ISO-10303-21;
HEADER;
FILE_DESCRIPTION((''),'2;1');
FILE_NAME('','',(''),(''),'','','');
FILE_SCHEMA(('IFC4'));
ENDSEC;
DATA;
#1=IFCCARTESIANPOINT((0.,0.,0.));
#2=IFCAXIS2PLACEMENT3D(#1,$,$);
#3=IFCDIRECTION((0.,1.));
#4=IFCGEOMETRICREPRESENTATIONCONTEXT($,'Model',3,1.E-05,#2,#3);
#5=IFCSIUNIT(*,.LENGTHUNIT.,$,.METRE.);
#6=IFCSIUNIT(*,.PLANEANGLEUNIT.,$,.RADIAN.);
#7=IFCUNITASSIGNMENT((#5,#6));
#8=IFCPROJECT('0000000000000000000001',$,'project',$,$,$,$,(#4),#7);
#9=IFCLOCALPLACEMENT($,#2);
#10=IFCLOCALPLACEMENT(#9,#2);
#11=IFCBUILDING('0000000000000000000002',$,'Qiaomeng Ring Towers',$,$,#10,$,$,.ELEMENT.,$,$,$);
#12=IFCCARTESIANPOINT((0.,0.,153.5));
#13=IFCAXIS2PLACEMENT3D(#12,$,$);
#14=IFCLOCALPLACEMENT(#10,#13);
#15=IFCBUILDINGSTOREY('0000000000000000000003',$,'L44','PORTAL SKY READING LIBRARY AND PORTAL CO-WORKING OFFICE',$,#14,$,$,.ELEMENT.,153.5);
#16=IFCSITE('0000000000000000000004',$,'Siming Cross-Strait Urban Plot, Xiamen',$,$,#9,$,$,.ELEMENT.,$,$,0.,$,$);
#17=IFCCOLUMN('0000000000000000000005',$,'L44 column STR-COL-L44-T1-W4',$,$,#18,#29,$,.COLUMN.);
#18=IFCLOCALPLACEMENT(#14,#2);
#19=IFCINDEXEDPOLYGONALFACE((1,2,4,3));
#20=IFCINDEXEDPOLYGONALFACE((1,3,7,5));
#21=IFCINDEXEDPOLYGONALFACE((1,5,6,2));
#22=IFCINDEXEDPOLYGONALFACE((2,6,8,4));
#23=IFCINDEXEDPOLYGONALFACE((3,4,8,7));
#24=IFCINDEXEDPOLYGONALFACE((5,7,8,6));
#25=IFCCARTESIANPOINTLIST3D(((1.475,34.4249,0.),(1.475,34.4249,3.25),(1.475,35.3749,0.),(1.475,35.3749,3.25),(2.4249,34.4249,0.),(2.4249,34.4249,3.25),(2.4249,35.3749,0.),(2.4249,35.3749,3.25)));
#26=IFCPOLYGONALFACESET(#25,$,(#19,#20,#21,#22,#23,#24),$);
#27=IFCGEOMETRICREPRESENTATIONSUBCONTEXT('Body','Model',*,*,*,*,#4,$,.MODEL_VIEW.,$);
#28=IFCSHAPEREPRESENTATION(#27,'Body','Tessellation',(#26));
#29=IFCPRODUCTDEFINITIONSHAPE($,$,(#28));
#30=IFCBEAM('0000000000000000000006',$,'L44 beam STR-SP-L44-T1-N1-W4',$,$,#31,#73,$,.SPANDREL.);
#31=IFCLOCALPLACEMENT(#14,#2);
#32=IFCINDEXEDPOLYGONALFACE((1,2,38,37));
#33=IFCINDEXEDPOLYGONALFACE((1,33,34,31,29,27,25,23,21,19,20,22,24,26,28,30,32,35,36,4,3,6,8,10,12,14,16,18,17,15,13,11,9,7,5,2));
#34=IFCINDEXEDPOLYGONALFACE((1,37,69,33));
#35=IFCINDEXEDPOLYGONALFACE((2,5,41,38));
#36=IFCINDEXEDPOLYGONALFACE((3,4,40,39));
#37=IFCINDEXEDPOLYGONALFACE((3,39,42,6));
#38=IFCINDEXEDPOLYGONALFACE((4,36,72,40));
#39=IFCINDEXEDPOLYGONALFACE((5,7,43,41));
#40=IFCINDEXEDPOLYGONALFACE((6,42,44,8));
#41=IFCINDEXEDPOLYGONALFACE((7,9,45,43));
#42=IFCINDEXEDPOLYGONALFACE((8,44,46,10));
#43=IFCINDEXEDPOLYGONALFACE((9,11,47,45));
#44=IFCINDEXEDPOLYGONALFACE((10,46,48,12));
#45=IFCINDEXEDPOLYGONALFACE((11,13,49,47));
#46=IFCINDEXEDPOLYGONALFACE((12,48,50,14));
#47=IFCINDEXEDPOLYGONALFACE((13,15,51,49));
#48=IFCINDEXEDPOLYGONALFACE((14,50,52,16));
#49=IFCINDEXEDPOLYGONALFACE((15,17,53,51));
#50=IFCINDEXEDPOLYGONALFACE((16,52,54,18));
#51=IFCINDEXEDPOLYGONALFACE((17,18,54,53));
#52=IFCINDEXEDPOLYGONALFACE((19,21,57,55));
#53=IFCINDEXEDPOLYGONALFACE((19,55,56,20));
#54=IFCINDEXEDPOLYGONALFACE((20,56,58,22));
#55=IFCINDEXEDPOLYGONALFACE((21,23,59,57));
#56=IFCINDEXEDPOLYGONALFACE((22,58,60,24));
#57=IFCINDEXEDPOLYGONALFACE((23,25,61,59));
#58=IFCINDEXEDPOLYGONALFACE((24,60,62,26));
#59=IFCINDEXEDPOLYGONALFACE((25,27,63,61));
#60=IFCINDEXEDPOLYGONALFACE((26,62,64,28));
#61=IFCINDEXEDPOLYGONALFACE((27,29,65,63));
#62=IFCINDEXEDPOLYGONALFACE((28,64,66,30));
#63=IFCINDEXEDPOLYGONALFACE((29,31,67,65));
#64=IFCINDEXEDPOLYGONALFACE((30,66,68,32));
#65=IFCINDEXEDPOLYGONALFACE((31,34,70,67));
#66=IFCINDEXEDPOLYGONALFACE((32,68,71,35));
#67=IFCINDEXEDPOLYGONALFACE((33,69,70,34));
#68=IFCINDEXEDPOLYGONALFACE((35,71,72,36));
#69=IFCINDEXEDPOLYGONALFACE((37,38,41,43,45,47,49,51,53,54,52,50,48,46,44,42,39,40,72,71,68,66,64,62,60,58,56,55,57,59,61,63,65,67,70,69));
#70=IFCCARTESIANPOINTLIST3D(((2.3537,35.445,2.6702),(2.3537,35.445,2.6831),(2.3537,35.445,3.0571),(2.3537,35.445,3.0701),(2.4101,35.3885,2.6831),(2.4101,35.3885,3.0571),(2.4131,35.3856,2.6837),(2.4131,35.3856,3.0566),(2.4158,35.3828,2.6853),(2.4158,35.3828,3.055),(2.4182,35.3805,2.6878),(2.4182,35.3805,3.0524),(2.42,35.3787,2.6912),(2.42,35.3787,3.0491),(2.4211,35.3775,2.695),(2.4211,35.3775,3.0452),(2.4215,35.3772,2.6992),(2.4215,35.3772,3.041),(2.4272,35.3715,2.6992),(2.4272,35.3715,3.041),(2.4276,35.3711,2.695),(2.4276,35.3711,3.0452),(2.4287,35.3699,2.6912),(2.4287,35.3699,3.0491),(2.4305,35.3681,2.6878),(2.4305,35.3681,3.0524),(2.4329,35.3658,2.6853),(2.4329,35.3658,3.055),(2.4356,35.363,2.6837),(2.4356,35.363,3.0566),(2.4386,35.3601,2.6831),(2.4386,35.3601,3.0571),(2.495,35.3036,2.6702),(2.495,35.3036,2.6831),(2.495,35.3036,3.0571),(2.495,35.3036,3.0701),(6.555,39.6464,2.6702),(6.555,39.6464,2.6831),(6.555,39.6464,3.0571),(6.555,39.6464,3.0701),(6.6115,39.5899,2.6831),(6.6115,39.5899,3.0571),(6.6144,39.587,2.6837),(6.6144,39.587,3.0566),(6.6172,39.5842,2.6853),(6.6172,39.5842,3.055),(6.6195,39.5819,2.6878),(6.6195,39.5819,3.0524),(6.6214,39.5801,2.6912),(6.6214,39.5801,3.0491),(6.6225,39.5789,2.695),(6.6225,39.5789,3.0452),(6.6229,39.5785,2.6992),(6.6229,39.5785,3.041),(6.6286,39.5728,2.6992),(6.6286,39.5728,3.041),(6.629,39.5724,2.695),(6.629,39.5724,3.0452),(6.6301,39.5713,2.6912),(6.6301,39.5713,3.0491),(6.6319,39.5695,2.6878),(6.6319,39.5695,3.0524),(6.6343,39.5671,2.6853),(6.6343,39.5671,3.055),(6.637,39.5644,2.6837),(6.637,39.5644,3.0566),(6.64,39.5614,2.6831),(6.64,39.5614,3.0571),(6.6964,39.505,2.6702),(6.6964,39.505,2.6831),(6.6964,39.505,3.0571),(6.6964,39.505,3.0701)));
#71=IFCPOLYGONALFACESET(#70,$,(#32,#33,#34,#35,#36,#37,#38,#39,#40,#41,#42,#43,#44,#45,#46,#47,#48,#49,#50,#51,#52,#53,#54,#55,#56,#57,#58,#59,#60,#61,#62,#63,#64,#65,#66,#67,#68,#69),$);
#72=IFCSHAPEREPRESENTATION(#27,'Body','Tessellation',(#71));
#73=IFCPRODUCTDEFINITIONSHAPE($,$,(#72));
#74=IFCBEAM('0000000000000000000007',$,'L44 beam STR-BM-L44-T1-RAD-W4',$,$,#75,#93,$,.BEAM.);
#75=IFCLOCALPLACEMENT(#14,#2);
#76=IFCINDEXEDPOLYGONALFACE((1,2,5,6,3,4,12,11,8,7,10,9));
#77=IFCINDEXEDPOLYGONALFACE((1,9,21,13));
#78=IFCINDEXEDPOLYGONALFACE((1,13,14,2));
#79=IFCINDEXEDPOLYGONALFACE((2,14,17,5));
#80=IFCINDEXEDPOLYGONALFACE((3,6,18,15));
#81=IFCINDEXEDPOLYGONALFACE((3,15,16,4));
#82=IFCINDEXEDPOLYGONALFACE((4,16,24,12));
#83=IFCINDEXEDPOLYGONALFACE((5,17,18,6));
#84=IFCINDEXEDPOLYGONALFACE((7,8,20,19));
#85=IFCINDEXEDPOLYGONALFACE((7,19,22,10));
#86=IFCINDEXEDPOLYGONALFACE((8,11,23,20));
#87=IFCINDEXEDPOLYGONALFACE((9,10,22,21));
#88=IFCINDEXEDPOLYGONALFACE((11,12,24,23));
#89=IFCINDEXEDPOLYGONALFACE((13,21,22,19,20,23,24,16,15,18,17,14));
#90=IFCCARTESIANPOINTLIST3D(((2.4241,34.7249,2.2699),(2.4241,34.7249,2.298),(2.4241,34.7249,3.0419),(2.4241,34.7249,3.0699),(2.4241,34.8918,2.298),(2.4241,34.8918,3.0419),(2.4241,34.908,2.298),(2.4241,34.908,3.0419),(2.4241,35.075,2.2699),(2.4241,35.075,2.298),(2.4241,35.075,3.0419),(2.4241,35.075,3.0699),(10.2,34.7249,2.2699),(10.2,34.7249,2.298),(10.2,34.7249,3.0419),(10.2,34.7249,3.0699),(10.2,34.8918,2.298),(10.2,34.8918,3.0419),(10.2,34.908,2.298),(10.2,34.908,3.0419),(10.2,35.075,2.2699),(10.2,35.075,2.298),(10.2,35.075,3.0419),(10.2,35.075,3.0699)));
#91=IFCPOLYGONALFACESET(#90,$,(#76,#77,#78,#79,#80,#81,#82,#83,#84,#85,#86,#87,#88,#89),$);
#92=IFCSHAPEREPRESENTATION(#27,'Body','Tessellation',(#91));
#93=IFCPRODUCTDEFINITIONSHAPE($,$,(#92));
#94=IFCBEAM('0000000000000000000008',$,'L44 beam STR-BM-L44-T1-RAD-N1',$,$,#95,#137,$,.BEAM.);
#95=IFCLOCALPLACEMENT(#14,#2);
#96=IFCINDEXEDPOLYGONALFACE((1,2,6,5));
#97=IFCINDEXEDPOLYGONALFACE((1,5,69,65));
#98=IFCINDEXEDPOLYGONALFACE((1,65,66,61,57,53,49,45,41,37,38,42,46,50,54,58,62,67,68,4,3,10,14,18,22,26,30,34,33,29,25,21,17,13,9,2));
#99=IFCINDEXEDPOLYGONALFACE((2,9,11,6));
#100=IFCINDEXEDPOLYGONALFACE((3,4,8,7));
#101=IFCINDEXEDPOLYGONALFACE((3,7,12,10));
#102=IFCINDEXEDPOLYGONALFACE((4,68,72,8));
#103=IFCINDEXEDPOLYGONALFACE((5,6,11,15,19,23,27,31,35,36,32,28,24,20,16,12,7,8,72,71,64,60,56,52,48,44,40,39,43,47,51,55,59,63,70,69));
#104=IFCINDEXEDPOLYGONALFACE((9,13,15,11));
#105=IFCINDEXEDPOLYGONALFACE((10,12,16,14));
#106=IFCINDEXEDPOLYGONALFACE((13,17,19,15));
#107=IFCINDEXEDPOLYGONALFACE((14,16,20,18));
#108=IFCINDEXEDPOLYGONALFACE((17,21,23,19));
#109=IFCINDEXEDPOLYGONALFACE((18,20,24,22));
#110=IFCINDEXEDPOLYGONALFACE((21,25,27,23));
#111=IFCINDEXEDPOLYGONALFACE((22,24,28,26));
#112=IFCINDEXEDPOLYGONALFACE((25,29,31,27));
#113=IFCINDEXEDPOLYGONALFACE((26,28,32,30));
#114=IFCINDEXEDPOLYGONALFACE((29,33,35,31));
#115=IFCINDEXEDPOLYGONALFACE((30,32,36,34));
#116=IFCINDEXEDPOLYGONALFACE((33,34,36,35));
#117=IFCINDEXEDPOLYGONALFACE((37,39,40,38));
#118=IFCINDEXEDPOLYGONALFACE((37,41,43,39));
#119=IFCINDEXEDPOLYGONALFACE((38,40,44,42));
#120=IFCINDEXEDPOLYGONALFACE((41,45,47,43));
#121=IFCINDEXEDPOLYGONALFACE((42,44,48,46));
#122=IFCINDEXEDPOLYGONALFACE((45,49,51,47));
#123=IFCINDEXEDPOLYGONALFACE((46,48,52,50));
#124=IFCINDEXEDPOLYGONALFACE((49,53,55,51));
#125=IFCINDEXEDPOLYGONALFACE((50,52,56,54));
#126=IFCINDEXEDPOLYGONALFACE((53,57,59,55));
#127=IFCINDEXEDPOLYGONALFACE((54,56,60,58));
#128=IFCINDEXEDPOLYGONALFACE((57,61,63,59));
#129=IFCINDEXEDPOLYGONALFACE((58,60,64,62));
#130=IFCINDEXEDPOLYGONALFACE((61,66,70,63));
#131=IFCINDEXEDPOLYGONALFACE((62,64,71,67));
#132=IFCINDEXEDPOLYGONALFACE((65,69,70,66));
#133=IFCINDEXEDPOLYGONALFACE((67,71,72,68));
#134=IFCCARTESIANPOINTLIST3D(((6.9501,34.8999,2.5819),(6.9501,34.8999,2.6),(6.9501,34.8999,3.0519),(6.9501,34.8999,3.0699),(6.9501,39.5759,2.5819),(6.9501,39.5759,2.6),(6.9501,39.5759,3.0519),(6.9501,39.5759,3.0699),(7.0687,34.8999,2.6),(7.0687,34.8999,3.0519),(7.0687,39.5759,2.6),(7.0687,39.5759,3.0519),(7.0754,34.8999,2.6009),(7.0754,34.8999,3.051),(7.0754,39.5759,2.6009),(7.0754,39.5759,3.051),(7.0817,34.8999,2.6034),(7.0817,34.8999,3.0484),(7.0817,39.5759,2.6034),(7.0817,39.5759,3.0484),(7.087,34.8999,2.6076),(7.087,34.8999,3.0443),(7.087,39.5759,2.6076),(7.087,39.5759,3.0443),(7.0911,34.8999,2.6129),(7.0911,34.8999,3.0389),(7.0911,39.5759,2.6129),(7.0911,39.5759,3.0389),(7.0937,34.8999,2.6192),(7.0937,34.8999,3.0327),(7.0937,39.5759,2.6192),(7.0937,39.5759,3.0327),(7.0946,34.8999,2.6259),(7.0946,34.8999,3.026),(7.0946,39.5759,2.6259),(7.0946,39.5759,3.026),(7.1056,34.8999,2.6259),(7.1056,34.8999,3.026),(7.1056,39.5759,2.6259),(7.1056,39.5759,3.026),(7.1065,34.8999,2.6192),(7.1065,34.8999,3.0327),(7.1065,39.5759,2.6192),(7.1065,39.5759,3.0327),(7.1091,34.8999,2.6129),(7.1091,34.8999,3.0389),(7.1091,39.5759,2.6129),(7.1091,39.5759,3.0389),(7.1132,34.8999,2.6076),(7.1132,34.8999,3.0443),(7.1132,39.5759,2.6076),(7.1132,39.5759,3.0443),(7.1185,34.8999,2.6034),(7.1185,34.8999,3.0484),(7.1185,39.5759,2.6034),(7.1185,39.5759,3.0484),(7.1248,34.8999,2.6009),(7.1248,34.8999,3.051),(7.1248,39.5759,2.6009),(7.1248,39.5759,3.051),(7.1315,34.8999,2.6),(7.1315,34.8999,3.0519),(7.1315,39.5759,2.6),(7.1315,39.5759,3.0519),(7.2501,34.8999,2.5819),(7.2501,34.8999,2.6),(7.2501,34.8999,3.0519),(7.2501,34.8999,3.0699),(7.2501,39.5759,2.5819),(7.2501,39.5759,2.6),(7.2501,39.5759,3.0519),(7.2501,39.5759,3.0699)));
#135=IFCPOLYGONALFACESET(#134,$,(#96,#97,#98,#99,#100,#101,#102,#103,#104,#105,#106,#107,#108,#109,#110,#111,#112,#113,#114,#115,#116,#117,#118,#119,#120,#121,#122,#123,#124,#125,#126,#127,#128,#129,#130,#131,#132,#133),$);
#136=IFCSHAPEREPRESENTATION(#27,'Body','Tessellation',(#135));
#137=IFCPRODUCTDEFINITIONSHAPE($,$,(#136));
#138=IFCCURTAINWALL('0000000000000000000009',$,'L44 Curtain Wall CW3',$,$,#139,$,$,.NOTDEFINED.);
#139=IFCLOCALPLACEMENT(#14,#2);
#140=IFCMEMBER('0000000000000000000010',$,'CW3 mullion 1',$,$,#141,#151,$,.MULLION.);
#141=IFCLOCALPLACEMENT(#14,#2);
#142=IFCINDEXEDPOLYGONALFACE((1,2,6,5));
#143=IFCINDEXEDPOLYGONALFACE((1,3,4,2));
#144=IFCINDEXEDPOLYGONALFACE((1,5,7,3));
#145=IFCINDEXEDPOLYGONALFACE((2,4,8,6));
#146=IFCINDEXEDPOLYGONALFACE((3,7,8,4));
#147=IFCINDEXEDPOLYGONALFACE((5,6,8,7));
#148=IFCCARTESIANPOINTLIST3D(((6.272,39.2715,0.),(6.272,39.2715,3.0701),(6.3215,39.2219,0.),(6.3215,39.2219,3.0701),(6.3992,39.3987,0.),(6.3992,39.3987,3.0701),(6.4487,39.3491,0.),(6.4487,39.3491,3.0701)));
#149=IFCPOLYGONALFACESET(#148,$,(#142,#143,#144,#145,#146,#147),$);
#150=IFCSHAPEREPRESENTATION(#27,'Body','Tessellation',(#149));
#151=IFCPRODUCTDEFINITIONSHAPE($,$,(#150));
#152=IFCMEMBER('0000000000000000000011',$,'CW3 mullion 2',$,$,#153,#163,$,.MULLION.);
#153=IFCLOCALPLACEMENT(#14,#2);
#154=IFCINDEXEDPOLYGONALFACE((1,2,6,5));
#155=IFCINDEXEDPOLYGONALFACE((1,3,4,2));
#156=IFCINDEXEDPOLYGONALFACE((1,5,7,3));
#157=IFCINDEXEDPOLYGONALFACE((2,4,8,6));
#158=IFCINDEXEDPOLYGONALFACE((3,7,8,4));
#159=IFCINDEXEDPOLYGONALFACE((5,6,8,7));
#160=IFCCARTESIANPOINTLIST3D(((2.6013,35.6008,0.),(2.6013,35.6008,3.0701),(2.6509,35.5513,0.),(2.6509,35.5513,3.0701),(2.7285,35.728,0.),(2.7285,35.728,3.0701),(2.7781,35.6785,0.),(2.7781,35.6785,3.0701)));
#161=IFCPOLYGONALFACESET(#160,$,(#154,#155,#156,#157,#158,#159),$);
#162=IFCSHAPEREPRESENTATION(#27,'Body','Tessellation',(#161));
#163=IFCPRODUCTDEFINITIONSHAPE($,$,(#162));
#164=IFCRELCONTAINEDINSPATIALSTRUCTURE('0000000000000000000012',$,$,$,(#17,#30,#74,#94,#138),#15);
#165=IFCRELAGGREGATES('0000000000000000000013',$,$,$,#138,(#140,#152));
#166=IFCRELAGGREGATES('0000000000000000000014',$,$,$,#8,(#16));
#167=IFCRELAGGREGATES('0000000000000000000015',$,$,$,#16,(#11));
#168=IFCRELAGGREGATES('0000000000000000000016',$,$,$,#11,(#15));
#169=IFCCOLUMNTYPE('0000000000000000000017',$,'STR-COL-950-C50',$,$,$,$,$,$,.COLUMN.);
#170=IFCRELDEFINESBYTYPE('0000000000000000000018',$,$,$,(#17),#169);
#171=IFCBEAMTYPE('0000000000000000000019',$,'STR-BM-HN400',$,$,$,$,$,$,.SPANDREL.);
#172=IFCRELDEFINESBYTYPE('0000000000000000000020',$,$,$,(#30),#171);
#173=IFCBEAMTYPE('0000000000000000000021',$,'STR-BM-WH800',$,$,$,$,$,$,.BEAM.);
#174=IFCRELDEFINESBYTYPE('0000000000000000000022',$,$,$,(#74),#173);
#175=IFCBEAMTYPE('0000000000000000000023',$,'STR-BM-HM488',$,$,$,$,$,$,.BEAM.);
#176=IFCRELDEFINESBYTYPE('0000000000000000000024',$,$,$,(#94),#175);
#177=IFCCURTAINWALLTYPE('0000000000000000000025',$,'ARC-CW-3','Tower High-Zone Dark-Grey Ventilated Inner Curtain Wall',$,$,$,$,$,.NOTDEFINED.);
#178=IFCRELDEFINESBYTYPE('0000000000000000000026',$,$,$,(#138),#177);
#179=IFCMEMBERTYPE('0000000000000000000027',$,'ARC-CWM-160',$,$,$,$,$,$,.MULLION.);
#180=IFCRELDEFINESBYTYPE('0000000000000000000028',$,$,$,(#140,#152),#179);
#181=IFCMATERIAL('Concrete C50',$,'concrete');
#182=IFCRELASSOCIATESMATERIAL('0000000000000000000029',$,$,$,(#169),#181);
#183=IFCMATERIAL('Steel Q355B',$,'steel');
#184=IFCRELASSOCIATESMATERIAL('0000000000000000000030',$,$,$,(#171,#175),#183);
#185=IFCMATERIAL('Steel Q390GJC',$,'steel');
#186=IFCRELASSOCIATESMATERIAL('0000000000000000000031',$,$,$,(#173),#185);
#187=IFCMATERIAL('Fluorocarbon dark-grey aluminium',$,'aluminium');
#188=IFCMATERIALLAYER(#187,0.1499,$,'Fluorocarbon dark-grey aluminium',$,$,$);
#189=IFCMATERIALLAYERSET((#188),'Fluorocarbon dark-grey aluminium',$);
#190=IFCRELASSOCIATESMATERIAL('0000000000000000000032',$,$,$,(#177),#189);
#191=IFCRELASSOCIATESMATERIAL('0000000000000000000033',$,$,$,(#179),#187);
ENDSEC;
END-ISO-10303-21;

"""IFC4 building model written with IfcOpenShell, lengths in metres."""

from ifc_helpers import new_model, si_unit, direction, frame, origin, origin_2d, place, context, subcontext, project, spatial, rectangle, i_section, extrude, source, transform, mapped, material, layer, layer_set, material_profile, profile_set, type_object, element, aggregate, save


model = new_model("IFC4")

# Units and contexts
model_context = context("Model", 3, precision=1e-05, world=origin(), true_north=direction((0.0, 1.0)))
body_context = subcontext(model_context, "Body", "Model", "MODEL_VIEW")
ifc_project = project(units=[si_unit("LENGTHUNIT", "METRE"), si_unit("PLANEANGLEUNIT", "RADIAN")], contexts=[model_context])

# Site, building, storey
site_placement = place(None, origin())
site = spatial("IfcSite", under=ifc_project, at=site_placement, Name="Siming Cross-Strait Urban Plot, Xiamen", CompositionType="ELEMENT", RefElevation=0.0)
building_placement = place(site_placement, origin())
building = spatial("IfcBuilding", under=site, at=building_placement, Name="Qiaomeng Ring Towers", CompositionType="ELEMENT")
storey_placement = place(building_placement, frame((0.0, 0.0, 153.5)))
storey = spatial("IfcBuildingStorey", under=building, at=storey_placement, Name="L44", Description="PORTAL SKY READING LIBRARY AND PORTAL CO-WORKING OFFICE", CompositionType="ELEMENT", Elevation=153.5)

# Column
ifc_material_1 = material(Name="Concrete C50", Category="concrete")
ifc_material_profile_1 = material_profile(ifc_material_1, rectangle(XDim=0.95, YDim=0.95, at=origin_2d()), Name="RC COL 950x950")
ifc_profile_set_1 = profile_set([ifc_material_profile_1], Name="Concrete C50")
column_type = type_object("IfcColumnType", Name="STR-COL-950-C50", PredefinedType="COLUMN", material=ifc_profile_set_1)
shared_shape_1 = source(origin(), body_context, "Body", "SweptSolid", [
    extrude(rectangle(XDim=0.95, YDim=0.95, at=origin_2d()), origin(), (0.0, 0.0, 1.0), 3.25),
])
column_placement = place(storey_placement, frame((1.95, 34.8999, 0.0), z_axis=(0.0, 0.0, 1.0), x_axis=(1.0, 0.0, 0.0)))
element("IfcColumn", 1, at=column_placement, inside=storey, type_object=column_type, Name="L44 column STR-COL-L44-T1-W4", PredefinedType="COLUMN", context=body_context, shape_type="MappedRepresentation", body=[
    mapped(shared_shape_1, transform((0.0, 0.0, 0.0), x_axis=(1.0, 0.0, 0.0), y_axis=(0.0, 1.0, 0.0), z_axis=(0.0, 0.0, 1.0), scale=1.0)),
])

# Beams
ifc_material_2 = material(Name="Steel Q355B", Category="steel")
ifc_material_profile_2 = material_profile(ifc_material_2, i_section(OverallWidth=0.2, OverallDepth=0.3999, WebThickness=0.0081, FlangeThickness=0.0129, FilletRadius=0.0161, at=origin_2d()), Name="HN 400x200x8x13")
ifc_profile_set_2 = profile_set([ifc_material_profile_2], Name="Steel Q355B")
beam_type_1 = type_object("IfcBeamType", Name="STR-BM-HN400", PredefinedType="SPANDREL", material=ifc_profile_set_2)
shared_shape_2 = source(origin(), body_context, "Body", "SweptSolid", [
    extrude(i_section(OverallWidth=0.2, OverallDepth=0.3999, WebThickness=0.0081, FlangeThickness=0.0129, FilletRadius=0.0161, at=origin_2d()), origin(), (0.0, 0.0, 1.0), 5.9417),
])
beam_1_placement = place(storey_placement, frame((6.6257, 39.5757, 2.8701), z_axis=(-0.707107, -0.707107, 0.0), x_axis=(0.707107, -0.707107, 0.0)))
element("IfcBeam", 2, at=beam_1_placement, inside=storey, type_object=beam_type_1, Name="L44 beam STR-SP-L44-T1-N1-W4", PredefinedType="SPANDREL", context=body_context, shape_type="MappedRepresentation", body=[
    mapped(shared_shape_2, transform((0.0, 0.0, 0.0), x_axis=(1.0, 0.0, 0.0), y_axis=(0.0, 1.0, 0.0), z_axis=(0.0, 0.0, 1.0), scale=1.0)),
])
ifc_material_3 = material(Name="Steel Q390GJC", Category="steel")
ifc_material_profile_3 = material_profile(ifc_material_3, i_section(OverallWidth=0.3501, OverallDepth=0.8, WebThickness=0.0161, FlangeThickness=0.0281, at=origin_2d()), Name="WH 800x350x16x28")
ifc_profile_set_3 = profile_set([ifc_material_profile_3], Name="Steel Q390GJC")
beam_type_2 = type_object("IfcBeamType", Name="STR-BM-WH800", PredefinedType="BEAM", material=ifc_profile_set_3)
shared_shape_3 = source(origin(), body_context, "Body", "SweptSolid", [
    extrude(i_section(OverallWidth=0.3501, OverallDepth=0.8, WebThickness=0.0161, FlangeThickness=0.0281, at=origin_2d()), origin(), (0.0, 0.0, 1.0), 7.7759),
])
beam_2_placement = place(storey_placement, frame((2.4241, 34.8999, 2.6699), z_axis=(1.0, 0.0, 0.0), x_axis=(0.0, 1.0, 0.0)))
element("IfcBeam", 3, at=beam_2_placement, inside=storey, type_object=beam_type_2, Name="L44 beam STR-BM-L44-T1-RAD-W4", PredefinedType="BEAM", context=body_context, shape_type="MappedRepresentation", body=[
    mapped(shared_shape_3, transform((0.0, 0.0, 0.0), x_axis=(1.0, 0.0, 0.0), y_axis=(0.0, 1.0, 0.0), z_axis=(0.0, 0.0, 1.0), scale=1.0)),
])
ifc_material_profile_4 = material_profile(ifc_material_2, i_section(OverallWidth=0.3, OverallDepth=0.488, WebThickness=0.011, FlangeThickness=0.0181, FilletRadius=0.0259, at=origin_2d()), Name="HM 488x300x11x18")
ifc_profile_set_4 = profile_set([ifc_material_profile_4], Name="Steel Q355B")
beam_type_3 = type_object("IfcBeamType", Name="STR-BM-HM488", PredefinedType="BEAM", material=ifc_profile_set_4)
shared_shape_4 = source(origin(), body_context, "Body", "SweptSolid", [
    extrude(i_section(OverallWidth=0.3, OverallDepth=0.488, WebThickness=0.011, FlangeThickness=0.0181, FilletRadius=0.0259, at=origin_2d()), origin(), (0.0, 0.0, 1.0), 4.676),
])
beam_3_placement = place(storey_placement, frame((7.1001, 39.5759, 2.8259), z_axis=(0.0, -1.0, 0.0), x_axis=(1.0, 0.0, 0.0)))
element("IfcBeam", 4, at=beam_3_placement, inside=storey, type_object=beam_type_3, Name="L44 beam STR-BM-L44-T1-RAD-N1", PredefinedType="BEAM", context=body_context, shape_type="MappedRepresentation", body=[
    mapped(shared_shape_4, transform((0.0, 0.0, 0.0), x_axis=(1.0, 0.0, 0.0), y_axis=(0.0, 1.0, 0.0), z_axis=(0.0, 0.0, 1.0), scale=1.0)),
])

# Curtain wall, members
ifc_material_4 = material(Name="Fluorocarbon dark-grey aluminium", Category="aluminium")
ifc_layer_1 = layer(ifc_material_4, 0.1499, Name="Fluorocarbon dark-grey aluminium")
ifc_layer_set_1 = layer_set([ifc_layer_1], Name="Fluorocarbon dark-grey aluminium")
curtain_wall_type = type_object("IfcCurtainWallType", Name="ARC-CW-3", Description="Tower High-Zone Dark-Grey Ventilated Inner Curtain Wall", PredefinedType="NOTDEFINED", material=ifc_layer_set_1)
curtain_wall_placement = place(storey_placement, origin())
curtain_wall = element("IfcCurtainWall", 5, at=curtain_wall_placement, inside=storey, type_object=curtain_wall_type, Name="L44 Curtain Wall CW3", PredefinedType="NOTDEFINED")
ifc_material_profile_5 = material_profile(ifc_material_4, rectangle(XDim=0.0701, YDim=0.1799, at=origin_2d()), Name="ALU MULL 70x180")
ifc_profile_set_5 = profile_set([ifc_material_profile_5], Name="Fluorocarbon dark-grey aluminium")
member_type_1 = type_object("IfcMemberType", Name="ARC-CWM-160", PredefinedType="MULLION", material=ifc_profile_set_5)
shared_shape_5 = source(origin(), body_context, "Body", "SweptSolid", [
    extrude(rectangle(XDim=0.0701, YDim=0.1799, at=origin_2d()), origin(), (0.0, 0.0, 1.0), 3.0701),
])
member_1_placement = place(storey_placement, frame((6.3604, 39.3103, 0.0), z_axis=(0.0, 0.0, 1.0), x_axis=(0.707107, -0.707107, 0.0)))
member_1 = element("IfcMember", 6, at=member_1_placement, type_object=member_type_1, Name="CW3 mullion 1", PredefinedType="MULLION", context=body_context, shape_type="MappedRepresentation", body=[
    mapped(shared_shape_5, transform((0.0, 0.0, 0.0), x_axis=(1.0, 0.0, 0.0), y_axis=(0.0, 1.0, 0.0), z_axis=(0.0, 0.0, 1.0), scale=1.0)),
])
member_2_placement = place(storey_placement, frame((2.6897, 35.6396, 0.0), z_axis=(0.0, 0.0, 1.0), x_axis=(0.707107, -0.707107, 0.0)))
member_2 = element("IfcMember", 7, at=member_2_placement, type_object=member_type_1, Name="CW3 mullion 2", PredefinedType="MULLION", context=body_context, shape_type="MappedRepresentation", body=[
    mapped(shared_shape_5, transform((0.0, 0.0, 0.0), x_axis=(1.0, 0.0, 0.0), y_axis=(0.0, 1.0, 0.0), z_axis=(0.0, 0.0, 1.0), scale=1.0)),
])
aggregate(curtain_wall, [member_1, member_2])

save(model, "model.ifc")
